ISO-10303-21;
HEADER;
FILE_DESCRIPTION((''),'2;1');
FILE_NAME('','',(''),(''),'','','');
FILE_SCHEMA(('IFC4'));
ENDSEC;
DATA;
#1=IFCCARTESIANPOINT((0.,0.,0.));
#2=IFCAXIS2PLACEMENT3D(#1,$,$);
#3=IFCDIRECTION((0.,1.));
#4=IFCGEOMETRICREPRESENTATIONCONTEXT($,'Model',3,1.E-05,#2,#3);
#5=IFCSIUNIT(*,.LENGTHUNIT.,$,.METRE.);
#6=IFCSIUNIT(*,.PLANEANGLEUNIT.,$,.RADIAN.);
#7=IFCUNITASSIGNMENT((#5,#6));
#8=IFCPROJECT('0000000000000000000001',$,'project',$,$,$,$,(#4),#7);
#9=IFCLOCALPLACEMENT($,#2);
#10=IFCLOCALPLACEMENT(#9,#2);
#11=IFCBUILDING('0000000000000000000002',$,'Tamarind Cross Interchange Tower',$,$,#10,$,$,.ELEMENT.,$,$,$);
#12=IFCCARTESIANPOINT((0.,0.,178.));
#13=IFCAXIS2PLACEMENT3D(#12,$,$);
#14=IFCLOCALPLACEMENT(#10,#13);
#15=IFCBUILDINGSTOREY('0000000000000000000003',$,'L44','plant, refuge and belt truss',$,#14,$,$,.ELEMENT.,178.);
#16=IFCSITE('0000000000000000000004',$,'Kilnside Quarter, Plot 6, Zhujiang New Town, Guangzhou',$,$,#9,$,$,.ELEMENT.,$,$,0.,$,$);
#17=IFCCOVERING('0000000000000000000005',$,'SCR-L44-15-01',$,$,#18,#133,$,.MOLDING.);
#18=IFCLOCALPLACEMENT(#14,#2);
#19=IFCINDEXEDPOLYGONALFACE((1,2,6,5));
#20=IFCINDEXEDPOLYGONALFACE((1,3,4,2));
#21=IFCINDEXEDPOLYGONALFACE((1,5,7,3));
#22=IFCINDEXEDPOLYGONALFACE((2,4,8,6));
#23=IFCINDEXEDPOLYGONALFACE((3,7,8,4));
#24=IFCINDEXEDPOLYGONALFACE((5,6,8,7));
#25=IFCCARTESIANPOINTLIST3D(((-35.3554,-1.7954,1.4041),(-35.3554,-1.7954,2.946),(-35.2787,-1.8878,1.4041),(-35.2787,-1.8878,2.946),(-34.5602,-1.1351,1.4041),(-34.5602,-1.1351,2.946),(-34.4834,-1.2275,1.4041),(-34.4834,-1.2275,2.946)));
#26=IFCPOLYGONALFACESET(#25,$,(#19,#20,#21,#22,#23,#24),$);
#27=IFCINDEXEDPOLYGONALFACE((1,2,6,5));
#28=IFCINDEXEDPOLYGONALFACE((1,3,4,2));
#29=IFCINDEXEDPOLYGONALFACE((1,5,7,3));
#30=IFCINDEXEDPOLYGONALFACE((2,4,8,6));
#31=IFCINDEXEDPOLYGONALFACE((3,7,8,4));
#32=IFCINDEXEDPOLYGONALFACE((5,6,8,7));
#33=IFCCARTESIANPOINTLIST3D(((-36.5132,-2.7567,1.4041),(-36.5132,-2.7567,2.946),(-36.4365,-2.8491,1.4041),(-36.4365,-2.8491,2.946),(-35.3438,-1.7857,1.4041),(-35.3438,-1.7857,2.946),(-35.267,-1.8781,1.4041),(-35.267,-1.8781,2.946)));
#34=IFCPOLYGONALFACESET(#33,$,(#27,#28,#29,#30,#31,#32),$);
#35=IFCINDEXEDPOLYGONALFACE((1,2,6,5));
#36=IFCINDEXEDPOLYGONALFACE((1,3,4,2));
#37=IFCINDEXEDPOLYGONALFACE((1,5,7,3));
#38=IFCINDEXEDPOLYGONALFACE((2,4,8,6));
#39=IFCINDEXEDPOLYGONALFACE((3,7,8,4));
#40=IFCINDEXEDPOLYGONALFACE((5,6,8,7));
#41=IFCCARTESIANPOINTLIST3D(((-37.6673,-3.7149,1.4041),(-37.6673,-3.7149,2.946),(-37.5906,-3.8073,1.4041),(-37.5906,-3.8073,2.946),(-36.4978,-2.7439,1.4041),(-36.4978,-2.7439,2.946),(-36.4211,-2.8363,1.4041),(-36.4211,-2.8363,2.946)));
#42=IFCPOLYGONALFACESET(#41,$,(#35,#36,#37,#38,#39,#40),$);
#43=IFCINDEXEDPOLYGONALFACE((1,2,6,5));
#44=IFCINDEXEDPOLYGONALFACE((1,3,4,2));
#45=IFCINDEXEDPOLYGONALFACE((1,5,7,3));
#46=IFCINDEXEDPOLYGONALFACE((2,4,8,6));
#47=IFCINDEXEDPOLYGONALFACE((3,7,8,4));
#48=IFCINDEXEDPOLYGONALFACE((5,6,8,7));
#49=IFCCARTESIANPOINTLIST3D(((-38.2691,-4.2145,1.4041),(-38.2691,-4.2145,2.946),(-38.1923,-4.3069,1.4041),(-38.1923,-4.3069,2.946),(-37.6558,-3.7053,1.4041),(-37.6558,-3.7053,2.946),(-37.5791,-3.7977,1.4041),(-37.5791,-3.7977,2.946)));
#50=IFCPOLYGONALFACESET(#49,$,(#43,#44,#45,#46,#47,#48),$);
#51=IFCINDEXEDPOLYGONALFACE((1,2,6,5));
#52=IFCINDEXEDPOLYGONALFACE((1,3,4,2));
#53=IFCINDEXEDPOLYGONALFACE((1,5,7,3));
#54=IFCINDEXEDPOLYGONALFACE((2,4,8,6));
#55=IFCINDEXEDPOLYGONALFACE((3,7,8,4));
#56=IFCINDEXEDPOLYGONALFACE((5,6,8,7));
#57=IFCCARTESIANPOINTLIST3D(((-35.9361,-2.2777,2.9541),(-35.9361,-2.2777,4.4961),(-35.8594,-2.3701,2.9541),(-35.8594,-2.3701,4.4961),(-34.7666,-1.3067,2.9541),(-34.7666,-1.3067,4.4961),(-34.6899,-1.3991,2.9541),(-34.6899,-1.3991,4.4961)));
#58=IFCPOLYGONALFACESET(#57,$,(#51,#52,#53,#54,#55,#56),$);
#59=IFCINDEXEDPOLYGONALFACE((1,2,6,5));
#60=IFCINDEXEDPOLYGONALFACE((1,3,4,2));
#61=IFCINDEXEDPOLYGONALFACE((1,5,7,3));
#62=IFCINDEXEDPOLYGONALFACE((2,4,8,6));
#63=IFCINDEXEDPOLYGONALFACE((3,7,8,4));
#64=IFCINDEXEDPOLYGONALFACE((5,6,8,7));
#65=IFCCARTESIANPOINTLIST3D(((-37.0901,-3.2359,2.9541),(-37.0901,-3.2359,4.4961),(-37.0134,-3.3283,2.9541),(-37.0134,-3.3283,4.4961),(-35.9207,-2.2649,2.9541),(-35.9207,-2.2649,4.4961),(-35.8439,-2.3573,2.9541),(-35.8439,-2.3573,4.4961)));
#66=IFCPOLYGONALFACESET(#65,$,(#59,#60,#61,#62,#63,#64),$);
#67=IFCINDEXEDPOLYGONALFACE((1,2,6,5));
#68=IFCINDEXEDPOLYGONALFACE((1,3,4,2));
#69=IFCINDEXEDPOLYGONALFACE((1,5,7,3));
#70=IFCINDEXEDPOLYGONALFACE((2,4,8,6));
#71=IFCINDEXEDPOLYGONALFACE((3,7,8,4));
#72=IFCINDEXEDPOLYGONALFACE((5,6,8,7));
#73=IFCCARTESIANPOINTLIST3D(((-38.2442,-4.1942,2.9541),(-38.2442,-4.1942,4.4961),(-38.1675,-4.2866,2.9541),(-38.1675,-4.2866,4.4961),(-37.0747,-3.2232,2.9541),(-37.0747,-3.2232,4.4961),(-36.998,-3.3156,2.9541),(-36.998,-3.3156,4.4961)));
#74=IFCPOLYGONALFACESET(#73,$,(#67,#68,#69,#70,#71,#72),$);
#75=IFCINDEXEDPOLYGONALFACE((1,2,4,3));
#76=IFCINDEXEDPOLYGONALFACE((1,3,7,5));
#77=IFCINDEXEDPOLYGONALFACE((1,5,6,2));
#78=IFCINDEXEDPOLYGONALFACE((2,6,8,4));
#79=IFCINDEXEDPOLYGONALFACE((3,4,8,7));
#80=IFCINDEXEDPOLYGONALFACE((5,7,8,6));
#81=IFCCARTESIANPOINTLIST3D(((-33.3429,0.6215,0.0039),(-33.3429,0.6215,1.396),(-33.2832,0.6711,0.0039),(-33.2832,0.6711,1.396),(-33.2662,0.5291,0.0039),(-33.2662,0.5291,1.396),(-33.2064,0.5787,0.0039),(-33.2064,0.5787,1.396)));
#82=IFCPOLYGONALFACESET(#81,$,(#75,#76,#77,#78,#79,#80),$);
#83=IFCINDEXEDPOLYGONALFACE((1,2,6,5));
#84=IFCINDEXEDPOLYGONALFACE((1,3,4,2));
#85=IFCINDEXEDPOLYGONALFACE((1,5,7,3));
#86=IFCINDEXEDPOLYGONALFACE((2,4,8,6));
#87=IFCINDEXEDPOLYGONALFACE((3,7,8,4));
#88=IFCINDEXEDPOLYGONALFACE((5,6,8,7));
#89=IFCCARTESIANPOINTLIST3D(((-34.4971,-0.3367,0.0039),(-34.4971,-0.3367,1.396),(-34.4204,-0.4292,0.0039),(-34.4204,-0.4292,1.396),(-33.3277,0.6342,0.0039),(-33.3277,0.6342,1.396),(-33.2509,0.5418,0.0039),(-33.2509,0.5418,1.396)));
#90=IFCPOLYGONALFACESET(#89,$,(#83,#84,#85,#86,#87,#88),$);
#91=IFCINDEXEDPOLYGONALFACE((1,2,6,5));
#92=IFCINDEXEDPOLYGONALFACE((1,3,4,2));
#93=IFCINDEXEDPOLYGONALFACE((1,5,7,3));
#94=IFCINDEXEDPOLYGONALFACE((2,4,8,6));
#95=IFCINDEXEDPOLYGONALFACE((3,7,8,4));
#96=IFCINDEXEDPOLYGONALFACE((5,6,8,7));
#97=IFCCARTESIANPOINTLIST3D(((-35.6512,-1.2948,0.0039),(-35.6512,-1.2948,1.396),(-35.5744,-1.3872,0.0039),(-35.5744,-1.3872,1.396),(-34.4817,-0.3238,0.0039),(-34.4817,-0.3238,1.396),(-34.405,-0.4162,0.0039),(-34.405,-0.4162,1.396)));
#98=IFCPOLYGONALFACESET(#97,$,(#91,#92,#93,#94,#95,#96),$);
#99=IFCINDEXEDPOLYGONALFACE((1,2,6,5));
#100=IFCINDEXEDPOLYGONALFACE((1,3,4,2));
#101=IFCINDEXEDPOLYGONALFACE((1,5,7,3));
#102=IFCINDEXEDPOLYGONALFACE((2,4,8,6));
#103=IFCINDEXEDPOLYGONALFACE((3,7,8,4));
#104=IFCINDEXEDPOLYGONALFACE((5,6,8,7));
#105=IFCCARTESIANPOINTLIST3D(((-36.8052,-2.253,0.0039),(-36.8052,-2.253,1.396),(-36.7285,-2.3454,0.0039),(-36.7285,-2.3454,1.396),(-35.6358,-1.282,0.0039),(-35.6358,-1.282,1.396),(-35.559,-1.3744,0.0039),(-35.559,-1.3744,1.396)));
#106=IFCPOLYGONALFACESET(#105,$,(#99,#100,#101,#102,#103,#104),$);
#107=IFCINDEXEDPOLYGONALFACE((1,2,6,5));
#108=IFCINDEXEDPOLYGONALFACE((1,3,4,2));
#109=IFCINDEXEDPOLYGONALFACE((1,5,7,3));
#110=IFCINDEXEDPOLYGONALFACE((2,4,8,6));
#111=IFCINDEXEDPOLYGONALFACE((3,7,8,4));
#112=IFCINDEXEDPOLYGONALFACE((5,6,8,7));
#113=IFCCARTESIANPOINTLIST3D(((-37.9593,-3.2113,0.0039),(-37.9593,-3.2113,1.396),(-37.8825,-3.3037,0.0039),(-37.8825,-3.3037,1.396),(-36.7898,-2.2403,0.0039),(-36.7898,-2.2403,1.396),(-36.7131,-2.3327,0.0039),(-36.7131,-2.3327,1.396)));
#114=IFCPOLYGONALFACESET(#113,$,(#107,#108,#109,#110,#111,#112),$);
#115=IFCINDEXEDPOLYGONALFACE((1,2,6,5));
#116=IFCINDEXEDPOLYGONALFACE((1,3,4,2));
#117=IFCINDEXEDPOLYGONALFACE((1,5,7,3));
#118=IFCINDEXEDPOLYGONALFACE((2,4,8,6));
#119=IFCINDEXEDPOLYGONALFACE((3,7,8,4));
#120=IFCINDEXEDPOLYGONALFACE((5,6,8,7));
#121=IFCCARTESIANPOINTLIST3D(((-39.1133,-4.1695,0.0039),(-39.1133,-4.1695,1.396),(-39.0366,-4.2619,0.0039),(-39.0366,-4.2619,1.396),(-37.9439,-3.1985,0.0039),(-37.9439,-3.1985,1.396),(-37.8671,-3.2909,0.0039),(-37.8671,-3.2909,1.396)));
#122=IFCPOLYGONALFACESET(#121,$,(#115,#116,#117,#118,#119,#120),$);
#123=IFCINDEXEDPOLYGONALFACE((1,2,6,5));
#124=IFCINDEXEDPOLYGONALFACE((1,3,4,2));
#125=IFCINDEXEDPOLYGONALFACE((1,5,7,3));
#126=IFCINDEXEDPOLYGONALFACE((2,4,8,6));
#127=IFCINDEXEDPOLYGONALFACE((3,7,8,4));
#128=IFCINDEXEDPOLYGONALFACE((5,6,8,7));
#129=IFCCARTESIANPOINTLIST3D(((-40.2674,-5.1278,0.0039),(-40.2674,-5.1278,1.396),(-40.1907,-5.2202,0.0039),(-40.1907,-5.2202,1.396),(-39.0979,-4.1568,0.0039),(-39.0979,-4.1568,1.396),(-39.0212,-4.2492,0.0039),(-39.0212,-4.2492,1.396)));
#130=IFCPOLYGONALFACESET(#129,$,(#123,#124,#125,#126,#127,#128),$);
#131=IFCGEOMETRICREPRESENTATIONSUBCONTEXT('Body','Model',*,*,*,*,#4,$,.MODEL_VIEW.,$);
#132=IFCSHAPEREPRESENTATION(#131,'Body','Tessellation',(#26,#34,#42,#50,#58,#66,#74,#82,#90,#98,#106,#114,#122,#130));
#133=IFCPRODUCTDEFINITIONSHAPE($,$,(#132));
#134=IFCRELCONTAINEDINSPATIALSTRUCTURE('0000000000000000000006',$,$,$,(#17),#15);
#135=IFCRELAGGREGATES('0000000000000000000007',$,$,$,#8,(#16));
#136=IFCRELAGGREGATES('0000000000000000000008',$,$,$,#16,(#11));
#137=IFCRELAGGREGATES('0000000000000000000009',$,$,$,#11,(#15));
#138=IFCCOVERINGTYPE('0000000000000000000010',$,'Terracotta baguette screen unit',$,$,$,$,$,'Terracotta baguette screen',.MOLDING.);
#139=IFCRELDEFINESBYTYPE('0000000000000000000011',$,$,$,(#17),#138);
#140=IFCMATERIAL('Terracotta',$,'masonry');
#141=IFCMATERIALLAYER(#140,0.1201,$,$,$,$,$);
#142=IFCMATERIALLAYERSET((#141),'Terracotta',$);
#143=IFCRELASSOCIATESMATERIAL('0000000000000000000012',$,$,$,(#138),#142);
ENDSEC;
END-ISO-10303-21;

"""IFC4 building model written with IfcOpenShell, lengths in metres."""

from ifc_helpers import new_model, si_unit, direction, frame, origin, origin_2d, place, context, subcontext, project, spatial, rectangle, extrude, material, layer, layer_set, type_object, element, save


model = new_model("IFC4")

# Units and contexts
model_context = context("Model", 3, precision=1e-05, world=origin(), true_north=direction((0.0, 1.0)))
body_context = subcontext(model_context, "Body", "Model", "MODEL_VIEW")
ifc_project = project(units=[si_unit("LENGTHUNIT", "METRE"), si_unit("PLANEANGLEUNIT", "RADIAN")], contexts=[model_context])

# Site, building, storey
site_placement = place(None, origin())
site = spatial("IfcSite", under=ifc_project, at=site_placement, Name="Kilnside Quarter, Plot 6, Zhujiang New Town, Guangzhou", CompositionType="ELEMENT", RefElevation=0.0)
building_placement = place(site_placement, origin())
building = spatial("IfcBuilding", under=site, at=building_placement, Name="Tamarind Cross Interchange Tower", CompositionType="ELEMENT")
storey_placement = place(building_placement, frame((0.0, 0.0, 178.0)))
storey = spatial("IfcBuildingStorey", under=building, at=storey_placement, Name="L44", Description="plant, refuge and belt truss", CompositionType="ELEMENT", Elevation=178.0)

# Covering
ifc_material_1 = material(Name="Terracotta", Category="masonry")
ifc_layer_1 = layer(ifc_material_1, 0.1201)
ifc_layer_set_1 = layer_set([ifc_layer_1], Name="Terracotta")
covering_type = type_object("IfcCoveringType", Name="Terracotta baguette screen unit", ElementType="Terracotta baguette screen", PredefinedType="MOLDING", material=ifc_layer_set_1)
covering_1_placement = place(storey_placement, origin())
element("IfcCovering", 1, at=covering_1_placement, inside=storey, type_object=covering_type, Name="SCR-L44-15-01", PredefinedType="MOLDING", context=body_context, shape_type="SweptSolid", body=[
    extrude(rectangle(XDim=1.0337, YDim=0.1201, at=origin_2d()), frame((-34.9194, -1.5115, 1.4041), z_axis=(0.0, 0.0, 1.0), x_axis=(-0.769373, -0.6388, 0.0)), (0.0, 0.0, 1.0), 1.542),
    extrude(rectangle(XDim=1.52, YDim=0.1201, at=origin_2d()), frame((-35.8901, -2.3174, 1.4041), z_axis=(0.0, 0.0, 1.0), x_axis=(-0.769373, -0.6388, 0.0)), (0.0, 0.0, 1.0), 1.542),
    extrude(rectangle(XDim=1.52, YDim=0.1201, at=origin_2d()), frame((-37.0442, -3.2756, 1.4041), z_axis=(0.0, 0.0, 1.0), x_axis=(-0.769373, -0.6388, 0.0)), (0.0, 0.0, 1.0), 1.542),
    extrude(rectangle(XDim=0.7971, YDim=0.1201, at=origin_2d()), frame((-37.9241, -4.0061, 1.4041), z_axis=(0.0, 0.0, 1.0), x_axis=(-0.769373, -0.6388, 0.0)), (0.0, 0.0, 1.0), 1.542),
    extrude(rectangle(XDim=1.52, YDim=0.1201, at=origin_2d()), frame((-35.313, -1.8384, 2.9541), z_axis=(0.0, 0.0, 1.0), x_axis=(-0.769373, -0.6388, 0.0)), (0.0, 0.0, 1.0), 1.542),
    extrude(rectangle(XDim=1.52, YDim=0.1201, at=origin_2d()), frame((-36.467, -2.7966, 2.9541), z_axis=(0.0, 0.0, 1.0), x_axis=(-0.769373, -0.6388, 0.0)), (0.0, 0.0, 1.0), 1.542),
    extrude(rectangle(XDim=1.52, YDim=0.1201, at=origin_2d()), frame((-37.6211, -3.7549, 2.9541), z_axis=(0.0, 0.0, 1.0), x_axis=(-0.769373, -0.6388, 0.0)), (0.0, 0.0, 1.0), 1.542),
    extrude(rectangle(XDim=0.0776, YDim=0.1201, at=origin_2d()), frame((-33.2747, 0.6001, 0.0039), z_axis=(0.0, 0.0, 1.0), x_axis=(-0.769373, -0.6388, 0.0)), (0.0, 0.0, 1.0), 1.3921),
    extrude(rectangle(XDim=1.52, YDim=0.1201, at=origin_2d()), frame((-33.874, 0.1025, 0.0039), z_axis=(0.0, 0.0, 1.0), x_axis=(-0.769373, -0.6388, 0.0)), (0.0, 0.0, 1.0), 1.3921),
    extrude(rectangle(XDim=1.52, YDim=0.1201, at=origin_2d()), frame((-35.0281, -0.8555, 0.0039), z_axis=(0.0, 0.0, 1.0), x_axis=(-0.769373, -0.6388, 0.0)), (0.0, 0.0, 1.0), 1.3921),
    extrude(rectangle(XDim=1.52, YDim=0.1201, at=origin_2d()), frame((-36.1821, -1.8137, 0.0039), z_axis=(0.0, 0.0, 1.0), x_axis=(-0.769373, -0.6388, 0.0)), (0.0, 0.0, 1.0), 1.3921),
    extrude(rectangle(XDim=1.52, YDim=0.1201, at=origin_2d()), frame((-37.3362, -2.772, 0.0039), z_axis=(0.0, 0.0, 1.0), x_axis=(-0.769373, -0.6388, 0.0)), (0.0, 0.0, 1.0), 1.3921),
    extrude(rectangle(XDim=1.52, YDim=0.1201, at=origin_2d()), frame((-38.4902, -3.7302, 0.0039), z_axis=(0.0, 0.0, 1.0), x_axis=(-0.769373, -0.6388, 0.0)), (0.0, 0.0, 1.0), 1.3921),
    extrude(rectangle(XDim=1.52, YDim=0.1201, at=origin_2d()), frame((-39.6443, -4.6885, 0.0039), z_axis=(0.0, 0.0, 1.0), x_axis=(-0.769373, -0.6388, 0.0)), (0.0, 0.0, 1.0), 1.3921),
])

save(model, "model.ifc")
